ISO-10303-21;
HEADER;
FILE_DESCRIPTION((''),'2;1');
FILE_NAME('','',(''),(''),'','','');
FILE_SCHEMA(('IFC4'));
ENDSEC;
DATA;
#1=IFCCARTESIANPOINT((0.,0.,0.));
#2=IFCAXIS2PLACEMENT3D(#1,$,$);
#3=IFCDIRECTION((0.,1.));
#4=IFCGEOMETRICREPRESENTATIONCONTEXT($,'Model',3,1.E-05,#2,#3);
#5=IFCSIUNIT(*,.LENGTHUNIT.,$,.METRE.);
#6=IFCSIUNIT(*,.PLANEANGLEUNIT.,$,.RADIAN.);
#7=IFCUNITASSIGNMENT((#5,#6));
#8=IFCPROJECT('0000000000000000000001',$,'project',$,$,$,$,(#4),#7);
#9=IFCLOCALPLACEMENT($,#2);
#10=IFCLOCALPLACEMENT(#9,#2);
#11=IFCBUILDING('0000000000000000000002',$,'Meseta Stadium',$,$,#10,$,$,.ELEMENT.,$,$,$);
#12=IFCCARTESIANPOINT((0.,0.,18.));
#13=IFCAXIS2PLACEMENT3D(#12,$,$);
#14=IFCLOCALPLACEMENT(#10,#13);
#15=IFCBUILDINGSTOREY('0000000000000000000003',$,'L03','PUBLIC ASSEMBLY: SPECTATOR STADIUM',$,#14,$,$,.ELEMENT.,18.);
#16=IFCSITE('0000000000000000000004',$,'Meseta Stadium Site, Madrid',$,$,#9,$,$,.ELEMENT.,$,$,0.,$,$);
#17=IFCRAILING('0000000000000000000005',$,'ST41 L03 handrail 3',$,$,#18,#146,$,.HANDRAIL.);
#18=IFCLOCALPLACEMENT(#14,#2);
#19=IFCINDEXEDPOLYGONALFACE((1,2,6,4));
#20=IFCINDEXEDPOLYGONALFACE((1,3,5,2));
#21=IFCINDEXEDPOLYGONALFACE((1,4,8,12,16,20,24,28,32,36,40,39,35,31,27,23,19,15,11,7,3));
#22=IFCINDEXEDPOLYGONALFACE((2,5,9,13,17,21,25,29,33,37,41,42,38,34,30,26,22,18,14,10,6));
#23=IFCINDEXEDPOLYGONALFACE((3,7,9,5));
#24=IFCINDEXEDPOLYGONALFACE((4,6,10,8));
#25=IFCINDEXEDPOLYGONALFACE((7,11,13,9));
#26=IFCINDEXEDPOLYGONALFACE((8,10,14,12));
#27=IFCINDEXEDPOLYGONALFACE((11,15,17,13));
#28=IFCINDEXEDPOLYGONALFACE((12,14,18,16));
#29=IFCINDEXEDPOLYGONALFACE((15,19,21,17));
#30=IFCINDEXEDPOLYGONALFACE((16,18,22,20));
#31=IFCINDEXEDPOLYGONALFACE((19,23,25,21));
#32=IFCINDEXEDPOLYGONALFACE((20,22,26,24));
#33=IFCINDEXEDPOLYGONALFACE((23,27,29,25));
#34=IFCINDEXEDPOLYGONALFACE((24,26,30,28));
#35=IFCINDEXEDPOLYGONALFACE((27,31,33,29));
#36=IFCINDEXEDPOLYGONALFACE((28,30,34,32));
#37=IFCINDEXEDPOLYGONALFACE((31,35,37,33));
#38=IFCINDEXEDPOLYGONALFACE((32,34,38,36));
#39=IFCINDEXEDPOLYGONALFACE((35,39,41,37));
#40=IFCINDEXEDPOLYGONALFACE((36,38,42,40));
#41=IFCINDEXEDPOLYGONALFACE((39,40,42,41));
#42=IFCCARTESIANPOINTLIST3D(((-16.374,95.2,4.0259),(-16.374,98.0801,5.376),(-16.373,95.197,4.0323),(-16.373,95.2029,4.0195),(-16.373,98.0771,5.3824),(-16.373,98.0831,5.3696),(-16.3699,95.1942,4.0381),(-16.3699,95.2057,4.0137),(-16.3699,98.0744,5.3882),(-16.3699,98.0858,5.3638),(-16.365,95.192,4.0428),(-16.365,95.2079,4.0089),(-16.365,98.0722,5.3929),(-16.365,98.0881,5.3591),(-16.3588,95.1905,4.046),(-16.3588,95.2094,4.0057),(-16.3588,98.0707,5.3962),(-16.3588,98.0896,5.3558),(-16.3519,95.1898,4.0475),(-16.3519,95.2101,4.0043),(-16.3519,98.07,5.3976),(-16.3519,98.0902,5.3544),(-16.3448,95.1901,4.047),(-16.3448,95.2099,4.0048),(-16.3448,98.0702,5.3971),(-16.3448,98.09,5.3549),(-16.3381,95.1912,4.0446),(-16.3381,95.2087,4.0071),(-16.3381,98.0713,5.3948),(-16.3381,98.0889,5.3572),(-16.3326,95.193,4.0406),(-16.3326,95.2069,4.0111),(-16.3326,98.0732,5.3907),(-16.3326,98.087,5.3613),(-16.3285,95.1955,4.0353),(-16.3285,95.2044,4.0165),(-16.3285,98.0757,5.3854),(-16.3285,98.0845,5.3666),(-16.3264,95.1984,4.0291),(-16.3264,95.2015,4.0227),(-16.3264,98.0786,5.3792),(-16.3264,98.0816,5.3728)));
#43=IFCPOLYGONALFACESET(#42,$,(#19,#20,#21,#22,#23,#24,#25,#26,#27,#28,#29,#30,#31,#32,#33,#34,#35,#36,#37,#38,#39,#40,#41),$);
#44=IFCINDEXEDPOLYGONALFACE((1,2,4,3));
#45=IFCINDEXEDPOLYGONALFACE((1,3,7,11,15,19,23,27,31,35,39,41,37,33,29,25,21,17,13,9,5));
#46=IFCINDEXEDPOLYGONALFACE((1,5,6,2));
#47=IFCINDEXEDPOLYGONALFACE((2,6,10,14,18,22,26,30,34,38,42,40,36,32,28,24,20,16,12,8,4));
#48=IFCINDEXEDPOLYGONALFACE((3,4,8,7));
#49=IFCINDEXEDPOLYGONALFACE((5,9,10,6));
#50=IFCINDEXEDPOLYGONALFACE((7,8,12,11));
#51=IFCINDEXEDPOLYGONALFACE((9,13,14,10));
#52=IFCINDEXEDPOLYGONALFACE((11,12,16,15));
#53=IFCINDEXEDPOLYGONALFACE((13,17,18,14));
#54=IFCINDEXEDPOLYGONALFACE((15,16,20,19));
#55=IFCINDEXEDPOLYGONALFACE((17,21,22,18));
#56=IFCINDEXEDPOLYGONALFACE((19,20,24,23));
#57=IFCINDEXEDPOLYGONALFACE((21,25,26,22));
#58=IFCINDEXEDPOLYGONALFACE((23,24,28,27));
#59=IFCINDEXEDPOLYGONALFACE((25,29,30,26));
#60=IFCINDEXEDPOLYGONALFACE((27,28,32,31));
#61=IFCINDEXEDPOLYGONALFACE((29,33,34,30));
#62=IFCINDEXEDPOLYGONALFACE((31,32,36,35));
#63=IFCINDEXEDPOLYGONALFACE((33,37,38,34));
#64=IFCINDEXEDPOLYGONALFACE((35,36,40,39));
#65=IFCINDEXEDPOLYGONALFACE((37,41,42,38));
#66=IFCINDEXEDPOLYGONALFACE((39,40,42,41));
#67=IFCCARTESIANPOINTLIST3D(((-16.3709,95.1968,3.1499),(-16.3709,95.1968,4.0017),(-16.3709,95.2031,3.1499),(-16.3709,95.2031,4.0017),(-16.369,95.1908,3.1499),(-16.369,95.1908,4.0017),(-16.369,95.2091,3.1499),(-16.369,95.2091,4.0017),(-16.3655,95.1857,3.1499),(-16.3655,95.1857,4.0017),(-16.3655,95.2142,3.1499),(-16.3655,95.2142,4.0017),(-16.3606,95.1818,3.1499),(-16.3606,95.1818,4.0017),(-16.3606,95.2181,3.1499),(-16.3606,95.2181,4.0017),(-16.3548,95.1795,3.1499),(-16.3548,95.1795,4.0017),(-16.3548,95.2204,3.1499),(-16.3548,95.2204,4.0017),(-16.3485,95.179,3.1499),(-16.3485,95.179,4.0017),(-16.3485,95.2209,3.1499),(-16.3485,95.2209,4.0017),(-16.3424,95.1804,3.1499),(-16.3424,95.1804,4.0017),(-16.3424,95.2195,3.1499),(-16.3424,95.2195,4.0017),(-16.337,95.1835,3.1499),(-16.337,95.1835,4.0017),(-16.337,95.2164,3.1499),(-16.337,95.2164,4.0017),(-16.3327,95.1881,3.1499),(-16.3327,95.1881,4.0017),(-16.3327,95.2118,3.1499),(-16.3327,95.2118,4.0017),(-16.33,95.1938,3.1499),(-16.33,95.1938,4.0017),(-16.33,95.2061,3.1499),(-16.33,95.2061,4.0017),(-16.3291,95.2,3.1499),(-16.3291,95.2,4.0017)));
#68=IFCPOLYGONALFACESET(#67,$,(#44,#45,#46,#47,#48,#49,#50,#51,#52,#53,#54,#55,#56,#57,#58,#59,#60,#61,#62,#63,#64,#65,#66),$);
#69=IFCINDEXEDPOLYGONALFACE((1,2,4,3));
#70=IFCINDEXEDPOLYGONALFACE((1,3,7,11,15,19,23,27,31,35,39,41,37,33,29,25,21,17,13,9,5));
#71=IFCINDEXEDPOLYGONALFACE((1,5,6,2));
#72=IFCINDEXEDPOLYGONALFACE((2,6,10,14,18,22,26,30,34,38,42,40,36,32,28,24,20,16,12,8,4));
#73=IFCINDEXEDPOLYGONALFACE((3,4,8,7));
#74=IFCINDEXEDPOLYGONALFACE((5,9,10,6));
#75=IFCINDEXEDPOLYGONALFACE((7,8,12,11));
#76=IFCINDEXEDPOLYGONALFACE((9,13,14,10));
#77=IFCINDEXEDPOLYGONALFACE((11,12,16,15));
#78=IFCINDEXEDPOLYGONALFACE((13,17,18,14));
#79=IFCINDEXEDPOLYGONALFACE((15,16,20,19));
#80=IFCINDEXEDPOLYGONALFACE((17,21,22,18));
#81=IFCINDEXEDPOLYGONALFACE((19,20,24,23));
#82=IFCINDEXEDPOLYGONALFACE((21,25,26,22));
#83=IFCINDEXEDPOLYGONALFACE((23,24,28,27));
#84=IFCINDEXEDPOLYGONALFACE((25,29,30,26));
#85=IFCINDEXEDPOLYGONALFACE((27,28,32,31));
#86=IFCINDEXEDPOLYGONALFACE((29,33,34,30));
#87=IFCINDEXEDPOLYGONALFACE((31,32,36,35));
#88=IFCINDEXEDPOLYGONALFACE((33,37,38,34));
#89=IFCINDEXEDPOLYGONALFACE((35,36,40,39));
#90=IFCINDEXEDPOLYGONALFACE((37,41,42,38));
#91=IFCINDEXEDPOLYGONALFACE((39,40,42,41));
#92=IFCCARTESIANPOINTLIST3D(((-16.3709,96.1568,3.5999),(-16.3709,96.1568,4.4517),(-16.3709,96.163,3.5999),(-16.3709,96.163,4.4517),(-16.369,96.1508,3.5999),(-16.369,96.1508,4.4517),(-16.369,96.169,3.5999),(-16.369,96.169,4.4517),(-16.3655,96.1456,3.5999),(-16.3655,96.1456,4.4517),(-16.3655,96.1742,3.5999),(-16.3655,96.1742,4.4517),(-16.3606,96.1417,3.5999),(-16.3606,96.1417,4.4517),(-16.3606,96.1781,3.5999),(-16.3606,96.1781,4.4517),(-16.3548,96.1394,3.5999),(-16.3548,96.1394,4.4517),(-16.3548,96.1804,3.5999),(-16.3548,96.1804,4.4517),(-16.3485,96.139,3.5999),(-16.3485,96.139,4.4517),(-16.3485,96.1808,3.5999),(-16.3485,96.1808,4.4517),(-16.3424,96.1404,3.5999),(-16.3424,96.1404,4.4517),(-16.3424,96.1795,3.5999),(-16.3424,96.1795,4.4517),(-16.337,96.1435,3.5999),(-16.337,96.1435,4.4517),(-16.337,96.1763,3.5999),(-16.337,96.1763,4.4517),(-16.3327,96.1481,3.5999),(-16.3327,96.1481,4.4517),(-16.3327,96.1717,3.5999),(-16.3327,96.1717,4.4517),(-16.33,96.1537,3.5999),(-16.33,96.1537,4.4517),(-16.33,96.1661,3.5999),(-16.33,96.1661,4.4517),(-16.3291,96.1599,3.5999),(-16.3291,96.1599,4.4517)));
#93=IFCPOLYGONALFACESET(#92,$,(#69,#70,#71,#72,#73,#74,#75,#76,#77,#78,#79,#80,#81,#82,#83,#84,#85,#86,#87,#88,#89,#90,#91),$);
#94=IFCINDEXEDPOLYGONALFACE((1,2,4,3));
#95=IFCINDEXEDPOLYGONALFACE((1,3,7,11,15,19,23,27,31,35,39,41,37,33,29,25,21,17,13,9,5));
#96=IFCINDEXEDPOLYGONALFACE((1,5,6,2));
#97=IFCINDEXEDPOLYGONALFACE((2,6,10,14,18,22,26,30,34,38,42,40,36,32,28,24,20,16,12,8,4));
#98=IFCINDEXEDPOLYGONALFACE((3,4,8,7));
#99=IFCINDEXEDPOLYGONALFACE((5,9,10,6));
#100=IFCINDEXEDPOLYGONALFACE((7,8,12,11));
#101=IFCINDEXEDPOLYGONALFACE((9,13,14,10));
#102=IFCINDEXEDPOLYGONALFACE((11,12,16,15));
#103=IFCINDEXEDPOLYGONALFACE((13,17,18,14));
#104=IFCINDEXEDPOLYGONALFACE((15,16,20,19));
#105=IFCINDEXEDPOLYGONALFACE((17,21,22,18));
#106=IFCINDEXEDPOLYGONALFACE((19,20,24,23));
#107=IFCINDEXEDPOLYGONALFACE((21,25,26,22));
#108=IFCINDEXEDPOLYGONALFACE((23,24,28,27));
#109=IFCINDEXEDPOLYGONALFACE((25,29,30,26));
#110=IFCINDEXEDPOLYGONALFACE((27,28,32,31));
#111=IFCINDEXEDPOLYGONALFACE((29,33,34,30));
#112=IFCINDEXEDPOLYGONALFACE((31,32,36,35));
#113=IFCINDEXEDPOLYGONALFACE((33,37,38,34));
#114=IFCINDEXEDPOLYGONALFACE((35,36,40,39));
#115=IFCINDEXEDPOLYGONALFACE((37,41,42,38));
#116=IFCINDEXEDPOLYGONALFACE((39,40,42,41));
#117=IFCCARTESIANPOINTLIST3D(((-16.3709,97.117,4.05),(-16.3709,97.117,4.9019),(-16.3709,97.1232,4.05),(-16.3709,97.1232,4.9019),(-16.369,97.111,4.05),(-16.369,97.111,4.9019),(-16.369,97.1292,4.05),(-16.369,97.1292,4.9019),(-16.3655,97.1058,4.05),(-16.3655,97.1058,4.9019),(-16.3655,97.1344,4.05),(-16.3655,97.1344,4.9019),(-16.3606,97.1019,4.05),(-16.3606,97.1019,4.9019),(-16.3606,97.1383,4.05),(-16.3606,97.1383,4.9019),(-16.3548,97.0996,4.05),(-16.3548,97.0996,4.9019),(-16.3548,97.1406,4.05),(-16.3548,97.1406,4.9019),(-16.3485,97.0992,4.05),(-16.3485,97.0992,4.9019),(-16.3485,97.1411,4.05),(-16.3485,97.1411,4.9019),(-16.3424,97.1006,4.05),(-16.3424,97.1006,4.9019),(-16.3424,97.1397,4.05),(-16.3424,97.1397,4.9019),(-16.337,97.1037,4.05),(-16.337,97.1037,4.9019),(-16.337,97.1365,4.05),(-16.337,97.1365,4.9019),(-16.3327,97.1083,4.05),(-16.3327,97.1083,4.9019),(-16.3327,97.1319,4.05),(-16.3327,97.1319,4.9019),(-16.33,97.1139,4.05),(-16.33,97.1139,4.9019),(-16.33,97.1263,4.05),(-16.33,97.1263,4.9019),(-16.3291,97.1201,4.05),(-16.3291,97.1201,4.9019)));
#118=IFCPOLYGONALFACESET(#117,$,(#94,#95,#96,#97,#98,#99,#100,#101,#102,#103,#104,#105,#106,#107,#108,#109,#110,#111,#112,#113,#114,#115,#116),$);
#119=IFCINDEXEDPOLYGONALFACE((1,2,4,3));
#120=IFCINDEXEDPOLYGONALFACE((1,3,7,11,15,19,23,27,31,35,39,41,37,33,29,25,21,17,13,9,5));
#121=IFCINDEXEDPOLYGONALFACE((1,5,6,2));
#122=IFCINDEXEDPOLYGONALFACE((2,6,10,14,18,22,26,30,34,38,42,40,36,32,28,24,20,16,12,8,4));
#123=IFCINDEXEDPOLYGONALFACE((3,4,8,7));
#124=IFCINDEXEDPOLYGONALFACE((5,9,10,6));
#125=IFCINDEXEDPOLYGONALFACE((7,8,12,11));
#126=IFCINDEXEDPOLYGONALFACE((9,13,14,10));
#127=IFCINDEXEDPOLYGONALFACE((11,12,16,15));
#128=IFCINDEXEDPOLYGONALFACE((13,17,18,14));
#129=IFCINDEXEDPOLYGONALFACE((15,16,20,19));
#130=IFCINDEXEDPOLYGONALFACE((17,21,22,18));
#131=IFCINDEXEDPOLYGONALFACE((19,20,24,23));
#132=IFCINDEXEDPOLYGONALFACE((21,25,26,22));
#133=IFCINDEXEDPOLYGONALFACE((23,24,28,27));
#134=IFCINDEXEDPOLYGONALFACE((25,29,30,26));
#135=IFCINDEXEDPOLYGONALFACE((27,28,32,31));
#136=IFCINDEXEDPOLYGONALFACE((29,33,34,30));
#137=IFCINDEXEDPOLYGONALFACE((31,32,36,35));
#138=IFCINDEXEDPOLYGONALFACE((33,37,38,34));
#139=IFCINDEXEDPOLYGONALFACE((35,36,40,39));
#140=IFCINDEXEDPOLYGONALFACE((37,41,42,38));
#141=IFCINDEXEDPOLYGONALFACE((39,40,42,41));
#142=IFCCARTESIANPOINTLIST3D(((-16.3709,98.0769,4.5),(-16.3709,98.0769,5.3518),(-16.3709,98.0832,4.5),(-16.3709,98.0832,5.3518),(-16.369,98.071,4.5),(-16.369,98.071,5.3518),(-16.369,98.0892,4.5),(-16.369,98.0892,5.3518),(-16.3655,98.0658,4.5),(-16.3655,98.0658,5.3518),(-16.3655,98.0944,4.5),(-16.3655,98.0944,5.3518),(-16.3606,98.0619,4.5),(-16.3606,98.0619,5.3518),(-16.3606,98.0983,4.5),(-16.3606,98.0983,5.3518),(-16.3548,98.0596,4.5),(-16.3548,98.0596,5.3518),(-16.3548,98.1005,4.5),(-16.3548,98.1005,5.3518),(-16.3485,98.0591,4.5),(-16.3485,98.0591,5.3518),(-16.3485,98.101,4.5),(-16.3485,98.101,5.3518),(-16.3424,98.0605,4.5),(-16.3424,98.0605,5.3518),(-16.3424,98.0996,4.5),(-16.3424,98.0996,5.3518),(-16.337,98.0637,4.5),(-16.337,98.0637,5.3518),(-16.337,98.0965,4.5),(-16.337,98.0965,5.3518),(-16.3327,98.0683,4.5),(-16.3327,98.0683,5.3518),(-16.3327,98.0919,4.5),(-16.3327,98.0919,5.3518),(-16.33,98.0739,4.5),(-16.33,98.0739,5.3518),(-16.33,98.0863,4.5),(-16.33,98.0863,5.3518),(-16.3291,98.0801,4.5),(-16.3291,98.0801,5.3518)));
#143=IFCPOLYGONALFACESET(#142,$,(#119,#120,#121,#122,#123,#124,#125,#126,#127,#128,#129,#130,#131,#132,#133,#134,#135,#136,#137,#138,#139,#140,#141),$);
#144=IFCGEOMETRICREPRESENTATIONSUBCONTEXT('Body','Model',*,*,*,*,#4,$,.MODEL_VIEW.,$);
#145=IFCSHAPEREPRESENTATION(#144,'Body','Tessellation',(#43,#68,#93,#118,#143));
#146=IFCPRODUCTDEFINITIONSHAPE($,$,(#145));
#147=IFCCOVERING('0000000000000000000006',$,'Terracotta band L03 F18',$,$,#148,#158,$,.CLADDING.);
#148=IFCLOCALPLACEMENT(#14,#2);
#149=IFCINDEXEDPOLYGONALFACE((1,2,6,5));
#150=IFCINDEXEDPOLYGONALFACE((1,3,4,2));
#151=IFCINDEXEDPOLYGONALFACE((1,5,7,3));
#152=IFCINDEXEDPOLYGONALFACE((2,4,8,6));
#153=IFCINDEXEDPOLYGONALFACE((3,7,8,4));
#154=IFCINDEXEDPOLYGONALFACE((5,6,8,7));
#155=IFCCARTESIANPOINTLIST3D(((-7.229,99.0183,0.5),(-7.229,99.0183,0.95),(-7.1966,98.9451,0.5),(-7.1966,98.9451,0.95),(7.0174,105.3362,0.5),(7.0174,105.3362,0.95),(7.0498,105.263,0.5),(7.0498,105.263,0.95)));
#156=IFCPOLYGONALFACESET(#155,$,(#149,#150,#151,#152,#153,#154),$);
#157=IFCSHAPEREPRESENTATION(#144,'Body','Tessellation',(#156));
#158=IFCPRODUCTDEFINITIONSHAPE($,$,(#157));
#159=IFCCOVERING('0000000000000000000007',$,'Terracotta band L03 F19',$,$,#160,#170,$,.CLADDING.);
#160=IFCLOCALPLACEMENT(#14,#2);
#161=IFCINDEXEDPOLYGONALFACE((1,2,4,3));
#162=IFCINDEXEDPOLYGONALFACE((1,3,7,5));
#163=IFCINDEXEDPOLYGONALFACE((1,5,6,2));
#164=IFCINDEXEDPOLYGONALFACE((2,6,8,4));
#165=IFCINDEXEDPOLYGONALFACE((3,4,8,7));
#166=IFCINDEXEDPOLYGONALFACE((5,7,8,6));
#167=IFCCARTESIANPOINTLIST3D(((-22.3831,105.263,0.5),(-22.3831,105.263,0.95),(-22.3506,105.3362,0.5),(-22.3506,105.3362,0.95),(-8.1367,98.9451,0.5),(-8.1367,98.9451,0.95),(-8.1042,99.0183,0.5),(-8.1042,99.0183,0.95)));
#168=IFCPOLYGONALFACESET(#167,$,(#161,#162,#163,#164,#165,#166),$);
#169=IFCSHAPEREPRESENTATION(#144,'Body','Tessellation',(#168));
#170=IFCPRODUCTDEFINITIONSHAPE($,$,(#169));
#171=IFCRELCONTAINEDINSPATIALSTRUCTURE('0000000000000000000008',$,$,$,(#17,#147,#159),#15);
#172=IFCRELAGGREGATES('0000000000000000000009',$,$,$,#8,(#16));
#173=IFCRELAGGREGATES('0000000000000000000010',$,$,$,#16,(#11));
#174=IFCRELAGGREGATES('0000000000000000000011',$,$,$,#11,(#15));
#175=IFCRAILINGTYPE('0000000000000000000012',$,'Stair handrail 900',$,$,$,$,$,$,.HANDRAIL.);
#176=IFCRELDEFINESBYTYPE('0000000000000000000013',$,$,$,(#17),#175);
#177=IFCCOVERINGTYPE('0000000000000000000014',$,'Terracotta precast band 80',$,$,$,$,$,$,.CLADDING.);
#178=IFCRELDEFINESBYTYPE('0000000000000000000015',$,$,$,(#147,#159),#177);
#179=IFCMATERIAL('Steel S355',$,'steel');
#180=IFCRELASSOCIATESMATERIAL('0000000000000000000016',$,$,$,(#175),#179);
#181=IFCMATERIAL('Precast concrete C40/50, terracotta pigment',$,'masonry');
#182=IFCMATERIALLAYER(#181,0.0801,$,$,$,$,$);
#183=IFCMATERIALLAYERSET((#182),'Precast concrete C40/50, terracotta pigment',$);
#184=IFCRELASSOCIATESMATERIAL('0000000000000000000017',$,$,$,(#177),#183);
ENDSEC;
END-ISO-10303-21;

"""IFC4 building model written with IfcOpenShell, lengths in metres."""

from ifc_helpers import new_model, si_unit, direction, frame, origin, origin_2d, place, context, subcontext, project, spatial, rectangle, circle, extrude, material, layer, layer_set, type_object, element, save


model = new_model("IFC4")

# Units and contexts
model_context = context("Model", 3, precision=1e-05, world=origin(), true_north=direction((0.0, 1.0)))
body_context = subcontext(model_context, "Body", "Model", "MODEL_VIEW")
ifc_project = project(units=[si_unit("LENGTHUNIT", "METRE"), si_unit("PLANEANGLEUNIT", "RADIAN")], contexts=[model_context])

# Site, building, storey
site_placement = place(None, origin())
site = spatial("IfcSite", under=ifc_project, at=site_placement, Name="Meseta Stadium Site, Madrid", CompositionType="ELEMENT", RefElevation=0.0)
building_placement = place(site_placement, origin())
building = spatial("IfcBuilding", under=site, at=building_placement, Name="Meseta Stadium", CompositionType="ELEMENT")
storey_placement = place(building_placement, frame((0.0, 0.0, 18.0)))
storey = spatial("IfcBuildingStorey", under=building, at=storey_placement, Name="L03", Description="PUBLIC ASSEMBLY: SPECTATOR STADIUM", CompositionType="ELEMENT", Elevation=18.0)

# Railing
ifc_material_1 = material(Name="Steel S355", Category="steel")
railing_type_1 = type_object("IfcRailingType", Name="Stair handrail 900", PredefinedType="HANDRAIL", material=ifc_material_1)
for number, where, name in (
    (1, (-16.3501, 95.2, 3.1499), "ST41 L03 handrail 3"),
):
    element("IfcRailing", number, at=place(storey_placement, frame(where)), inside=storey, type_object=railing_type_1, Name=name, PredefinedType="HANDRAIL", context=body_context, shape_type="SweptSolid", body=[
        extrude(circle(Radius=0.0239, at=origin_2d()), frame((0.0, 0.0, 0.876), z_axis=(0.0, 0.905454, 0.424444), x_axis=(-1.0, 0.0, 0.0)), (0.0, 0.0, 1.0), 3.1809),
        extrude(circle(Radius=0.021, at=origin_2d()), origin(), (0.0, 0.0, 1.0), 0.8518),
        extrude(circle(Radius=0.021, at=origin_2d()), frame((0.0, 0.96, 0.45)), (0.0, 0.0, 1.0), 0.8518),
        extrude(circle(Radius=0.021, at=origin_2d()), frame((0.0, 1.9202, 0.9001)), (0.0, 0.0, 1.0), 0.8518),
        extrude(circle(Radius=0.021, at=origin_2d()), frame((0.0, 2.8801, 1.3501)), (0.0, 0.0, 1.0), 0.8518),
    ])

# Coverings
ifc_material_2 = material(Name="Precast concrete C40/50, terracotta pigment", Category="masonry")
ifc_layer_1 = layer(ifc_material_2, 0.0801)
ifc_layer_set_1 = layer_set([ifc_layer_1], Name="Precast concrete C40/50, terracotta pigment")
covering_type_1 = type_object("IfcCoveringType", Name="Terracotta precast band 80", PredefinedType="CLADDING", material=ifc_layer_set_1)
for number, where, z_axis, x_axis, name in (
    (2, (-0.0896, 102.1406, 0.5), (0.0, 0.0, 1.0), (0.914139, 0.4054, 0.0), "Terracotta band L03 F18"),
    (3, (-15.2437, 102.1406, 0.5), (0.0, 0.0, 1.0), (0.914139, -0.4054, 0.0), "Terracotta band L03 F19"),
):
    element("IfcCovering", number, at=place(storey_placement, frame(where, z_axis=z_axis, x_axis=x_axis)), inside=storey, type_object=covering_type_1, Name=name, PredefinedType="CLADDING", context=body_context, shape_type="SweptSolid", body=[
        extrude(rectangle(XDim=15.5845, YDim=0.0801, at=origin_2d()), origin(), (0.0, 0.0, 1.0), 0.45),
    ])

save(model, "model.ifc")
